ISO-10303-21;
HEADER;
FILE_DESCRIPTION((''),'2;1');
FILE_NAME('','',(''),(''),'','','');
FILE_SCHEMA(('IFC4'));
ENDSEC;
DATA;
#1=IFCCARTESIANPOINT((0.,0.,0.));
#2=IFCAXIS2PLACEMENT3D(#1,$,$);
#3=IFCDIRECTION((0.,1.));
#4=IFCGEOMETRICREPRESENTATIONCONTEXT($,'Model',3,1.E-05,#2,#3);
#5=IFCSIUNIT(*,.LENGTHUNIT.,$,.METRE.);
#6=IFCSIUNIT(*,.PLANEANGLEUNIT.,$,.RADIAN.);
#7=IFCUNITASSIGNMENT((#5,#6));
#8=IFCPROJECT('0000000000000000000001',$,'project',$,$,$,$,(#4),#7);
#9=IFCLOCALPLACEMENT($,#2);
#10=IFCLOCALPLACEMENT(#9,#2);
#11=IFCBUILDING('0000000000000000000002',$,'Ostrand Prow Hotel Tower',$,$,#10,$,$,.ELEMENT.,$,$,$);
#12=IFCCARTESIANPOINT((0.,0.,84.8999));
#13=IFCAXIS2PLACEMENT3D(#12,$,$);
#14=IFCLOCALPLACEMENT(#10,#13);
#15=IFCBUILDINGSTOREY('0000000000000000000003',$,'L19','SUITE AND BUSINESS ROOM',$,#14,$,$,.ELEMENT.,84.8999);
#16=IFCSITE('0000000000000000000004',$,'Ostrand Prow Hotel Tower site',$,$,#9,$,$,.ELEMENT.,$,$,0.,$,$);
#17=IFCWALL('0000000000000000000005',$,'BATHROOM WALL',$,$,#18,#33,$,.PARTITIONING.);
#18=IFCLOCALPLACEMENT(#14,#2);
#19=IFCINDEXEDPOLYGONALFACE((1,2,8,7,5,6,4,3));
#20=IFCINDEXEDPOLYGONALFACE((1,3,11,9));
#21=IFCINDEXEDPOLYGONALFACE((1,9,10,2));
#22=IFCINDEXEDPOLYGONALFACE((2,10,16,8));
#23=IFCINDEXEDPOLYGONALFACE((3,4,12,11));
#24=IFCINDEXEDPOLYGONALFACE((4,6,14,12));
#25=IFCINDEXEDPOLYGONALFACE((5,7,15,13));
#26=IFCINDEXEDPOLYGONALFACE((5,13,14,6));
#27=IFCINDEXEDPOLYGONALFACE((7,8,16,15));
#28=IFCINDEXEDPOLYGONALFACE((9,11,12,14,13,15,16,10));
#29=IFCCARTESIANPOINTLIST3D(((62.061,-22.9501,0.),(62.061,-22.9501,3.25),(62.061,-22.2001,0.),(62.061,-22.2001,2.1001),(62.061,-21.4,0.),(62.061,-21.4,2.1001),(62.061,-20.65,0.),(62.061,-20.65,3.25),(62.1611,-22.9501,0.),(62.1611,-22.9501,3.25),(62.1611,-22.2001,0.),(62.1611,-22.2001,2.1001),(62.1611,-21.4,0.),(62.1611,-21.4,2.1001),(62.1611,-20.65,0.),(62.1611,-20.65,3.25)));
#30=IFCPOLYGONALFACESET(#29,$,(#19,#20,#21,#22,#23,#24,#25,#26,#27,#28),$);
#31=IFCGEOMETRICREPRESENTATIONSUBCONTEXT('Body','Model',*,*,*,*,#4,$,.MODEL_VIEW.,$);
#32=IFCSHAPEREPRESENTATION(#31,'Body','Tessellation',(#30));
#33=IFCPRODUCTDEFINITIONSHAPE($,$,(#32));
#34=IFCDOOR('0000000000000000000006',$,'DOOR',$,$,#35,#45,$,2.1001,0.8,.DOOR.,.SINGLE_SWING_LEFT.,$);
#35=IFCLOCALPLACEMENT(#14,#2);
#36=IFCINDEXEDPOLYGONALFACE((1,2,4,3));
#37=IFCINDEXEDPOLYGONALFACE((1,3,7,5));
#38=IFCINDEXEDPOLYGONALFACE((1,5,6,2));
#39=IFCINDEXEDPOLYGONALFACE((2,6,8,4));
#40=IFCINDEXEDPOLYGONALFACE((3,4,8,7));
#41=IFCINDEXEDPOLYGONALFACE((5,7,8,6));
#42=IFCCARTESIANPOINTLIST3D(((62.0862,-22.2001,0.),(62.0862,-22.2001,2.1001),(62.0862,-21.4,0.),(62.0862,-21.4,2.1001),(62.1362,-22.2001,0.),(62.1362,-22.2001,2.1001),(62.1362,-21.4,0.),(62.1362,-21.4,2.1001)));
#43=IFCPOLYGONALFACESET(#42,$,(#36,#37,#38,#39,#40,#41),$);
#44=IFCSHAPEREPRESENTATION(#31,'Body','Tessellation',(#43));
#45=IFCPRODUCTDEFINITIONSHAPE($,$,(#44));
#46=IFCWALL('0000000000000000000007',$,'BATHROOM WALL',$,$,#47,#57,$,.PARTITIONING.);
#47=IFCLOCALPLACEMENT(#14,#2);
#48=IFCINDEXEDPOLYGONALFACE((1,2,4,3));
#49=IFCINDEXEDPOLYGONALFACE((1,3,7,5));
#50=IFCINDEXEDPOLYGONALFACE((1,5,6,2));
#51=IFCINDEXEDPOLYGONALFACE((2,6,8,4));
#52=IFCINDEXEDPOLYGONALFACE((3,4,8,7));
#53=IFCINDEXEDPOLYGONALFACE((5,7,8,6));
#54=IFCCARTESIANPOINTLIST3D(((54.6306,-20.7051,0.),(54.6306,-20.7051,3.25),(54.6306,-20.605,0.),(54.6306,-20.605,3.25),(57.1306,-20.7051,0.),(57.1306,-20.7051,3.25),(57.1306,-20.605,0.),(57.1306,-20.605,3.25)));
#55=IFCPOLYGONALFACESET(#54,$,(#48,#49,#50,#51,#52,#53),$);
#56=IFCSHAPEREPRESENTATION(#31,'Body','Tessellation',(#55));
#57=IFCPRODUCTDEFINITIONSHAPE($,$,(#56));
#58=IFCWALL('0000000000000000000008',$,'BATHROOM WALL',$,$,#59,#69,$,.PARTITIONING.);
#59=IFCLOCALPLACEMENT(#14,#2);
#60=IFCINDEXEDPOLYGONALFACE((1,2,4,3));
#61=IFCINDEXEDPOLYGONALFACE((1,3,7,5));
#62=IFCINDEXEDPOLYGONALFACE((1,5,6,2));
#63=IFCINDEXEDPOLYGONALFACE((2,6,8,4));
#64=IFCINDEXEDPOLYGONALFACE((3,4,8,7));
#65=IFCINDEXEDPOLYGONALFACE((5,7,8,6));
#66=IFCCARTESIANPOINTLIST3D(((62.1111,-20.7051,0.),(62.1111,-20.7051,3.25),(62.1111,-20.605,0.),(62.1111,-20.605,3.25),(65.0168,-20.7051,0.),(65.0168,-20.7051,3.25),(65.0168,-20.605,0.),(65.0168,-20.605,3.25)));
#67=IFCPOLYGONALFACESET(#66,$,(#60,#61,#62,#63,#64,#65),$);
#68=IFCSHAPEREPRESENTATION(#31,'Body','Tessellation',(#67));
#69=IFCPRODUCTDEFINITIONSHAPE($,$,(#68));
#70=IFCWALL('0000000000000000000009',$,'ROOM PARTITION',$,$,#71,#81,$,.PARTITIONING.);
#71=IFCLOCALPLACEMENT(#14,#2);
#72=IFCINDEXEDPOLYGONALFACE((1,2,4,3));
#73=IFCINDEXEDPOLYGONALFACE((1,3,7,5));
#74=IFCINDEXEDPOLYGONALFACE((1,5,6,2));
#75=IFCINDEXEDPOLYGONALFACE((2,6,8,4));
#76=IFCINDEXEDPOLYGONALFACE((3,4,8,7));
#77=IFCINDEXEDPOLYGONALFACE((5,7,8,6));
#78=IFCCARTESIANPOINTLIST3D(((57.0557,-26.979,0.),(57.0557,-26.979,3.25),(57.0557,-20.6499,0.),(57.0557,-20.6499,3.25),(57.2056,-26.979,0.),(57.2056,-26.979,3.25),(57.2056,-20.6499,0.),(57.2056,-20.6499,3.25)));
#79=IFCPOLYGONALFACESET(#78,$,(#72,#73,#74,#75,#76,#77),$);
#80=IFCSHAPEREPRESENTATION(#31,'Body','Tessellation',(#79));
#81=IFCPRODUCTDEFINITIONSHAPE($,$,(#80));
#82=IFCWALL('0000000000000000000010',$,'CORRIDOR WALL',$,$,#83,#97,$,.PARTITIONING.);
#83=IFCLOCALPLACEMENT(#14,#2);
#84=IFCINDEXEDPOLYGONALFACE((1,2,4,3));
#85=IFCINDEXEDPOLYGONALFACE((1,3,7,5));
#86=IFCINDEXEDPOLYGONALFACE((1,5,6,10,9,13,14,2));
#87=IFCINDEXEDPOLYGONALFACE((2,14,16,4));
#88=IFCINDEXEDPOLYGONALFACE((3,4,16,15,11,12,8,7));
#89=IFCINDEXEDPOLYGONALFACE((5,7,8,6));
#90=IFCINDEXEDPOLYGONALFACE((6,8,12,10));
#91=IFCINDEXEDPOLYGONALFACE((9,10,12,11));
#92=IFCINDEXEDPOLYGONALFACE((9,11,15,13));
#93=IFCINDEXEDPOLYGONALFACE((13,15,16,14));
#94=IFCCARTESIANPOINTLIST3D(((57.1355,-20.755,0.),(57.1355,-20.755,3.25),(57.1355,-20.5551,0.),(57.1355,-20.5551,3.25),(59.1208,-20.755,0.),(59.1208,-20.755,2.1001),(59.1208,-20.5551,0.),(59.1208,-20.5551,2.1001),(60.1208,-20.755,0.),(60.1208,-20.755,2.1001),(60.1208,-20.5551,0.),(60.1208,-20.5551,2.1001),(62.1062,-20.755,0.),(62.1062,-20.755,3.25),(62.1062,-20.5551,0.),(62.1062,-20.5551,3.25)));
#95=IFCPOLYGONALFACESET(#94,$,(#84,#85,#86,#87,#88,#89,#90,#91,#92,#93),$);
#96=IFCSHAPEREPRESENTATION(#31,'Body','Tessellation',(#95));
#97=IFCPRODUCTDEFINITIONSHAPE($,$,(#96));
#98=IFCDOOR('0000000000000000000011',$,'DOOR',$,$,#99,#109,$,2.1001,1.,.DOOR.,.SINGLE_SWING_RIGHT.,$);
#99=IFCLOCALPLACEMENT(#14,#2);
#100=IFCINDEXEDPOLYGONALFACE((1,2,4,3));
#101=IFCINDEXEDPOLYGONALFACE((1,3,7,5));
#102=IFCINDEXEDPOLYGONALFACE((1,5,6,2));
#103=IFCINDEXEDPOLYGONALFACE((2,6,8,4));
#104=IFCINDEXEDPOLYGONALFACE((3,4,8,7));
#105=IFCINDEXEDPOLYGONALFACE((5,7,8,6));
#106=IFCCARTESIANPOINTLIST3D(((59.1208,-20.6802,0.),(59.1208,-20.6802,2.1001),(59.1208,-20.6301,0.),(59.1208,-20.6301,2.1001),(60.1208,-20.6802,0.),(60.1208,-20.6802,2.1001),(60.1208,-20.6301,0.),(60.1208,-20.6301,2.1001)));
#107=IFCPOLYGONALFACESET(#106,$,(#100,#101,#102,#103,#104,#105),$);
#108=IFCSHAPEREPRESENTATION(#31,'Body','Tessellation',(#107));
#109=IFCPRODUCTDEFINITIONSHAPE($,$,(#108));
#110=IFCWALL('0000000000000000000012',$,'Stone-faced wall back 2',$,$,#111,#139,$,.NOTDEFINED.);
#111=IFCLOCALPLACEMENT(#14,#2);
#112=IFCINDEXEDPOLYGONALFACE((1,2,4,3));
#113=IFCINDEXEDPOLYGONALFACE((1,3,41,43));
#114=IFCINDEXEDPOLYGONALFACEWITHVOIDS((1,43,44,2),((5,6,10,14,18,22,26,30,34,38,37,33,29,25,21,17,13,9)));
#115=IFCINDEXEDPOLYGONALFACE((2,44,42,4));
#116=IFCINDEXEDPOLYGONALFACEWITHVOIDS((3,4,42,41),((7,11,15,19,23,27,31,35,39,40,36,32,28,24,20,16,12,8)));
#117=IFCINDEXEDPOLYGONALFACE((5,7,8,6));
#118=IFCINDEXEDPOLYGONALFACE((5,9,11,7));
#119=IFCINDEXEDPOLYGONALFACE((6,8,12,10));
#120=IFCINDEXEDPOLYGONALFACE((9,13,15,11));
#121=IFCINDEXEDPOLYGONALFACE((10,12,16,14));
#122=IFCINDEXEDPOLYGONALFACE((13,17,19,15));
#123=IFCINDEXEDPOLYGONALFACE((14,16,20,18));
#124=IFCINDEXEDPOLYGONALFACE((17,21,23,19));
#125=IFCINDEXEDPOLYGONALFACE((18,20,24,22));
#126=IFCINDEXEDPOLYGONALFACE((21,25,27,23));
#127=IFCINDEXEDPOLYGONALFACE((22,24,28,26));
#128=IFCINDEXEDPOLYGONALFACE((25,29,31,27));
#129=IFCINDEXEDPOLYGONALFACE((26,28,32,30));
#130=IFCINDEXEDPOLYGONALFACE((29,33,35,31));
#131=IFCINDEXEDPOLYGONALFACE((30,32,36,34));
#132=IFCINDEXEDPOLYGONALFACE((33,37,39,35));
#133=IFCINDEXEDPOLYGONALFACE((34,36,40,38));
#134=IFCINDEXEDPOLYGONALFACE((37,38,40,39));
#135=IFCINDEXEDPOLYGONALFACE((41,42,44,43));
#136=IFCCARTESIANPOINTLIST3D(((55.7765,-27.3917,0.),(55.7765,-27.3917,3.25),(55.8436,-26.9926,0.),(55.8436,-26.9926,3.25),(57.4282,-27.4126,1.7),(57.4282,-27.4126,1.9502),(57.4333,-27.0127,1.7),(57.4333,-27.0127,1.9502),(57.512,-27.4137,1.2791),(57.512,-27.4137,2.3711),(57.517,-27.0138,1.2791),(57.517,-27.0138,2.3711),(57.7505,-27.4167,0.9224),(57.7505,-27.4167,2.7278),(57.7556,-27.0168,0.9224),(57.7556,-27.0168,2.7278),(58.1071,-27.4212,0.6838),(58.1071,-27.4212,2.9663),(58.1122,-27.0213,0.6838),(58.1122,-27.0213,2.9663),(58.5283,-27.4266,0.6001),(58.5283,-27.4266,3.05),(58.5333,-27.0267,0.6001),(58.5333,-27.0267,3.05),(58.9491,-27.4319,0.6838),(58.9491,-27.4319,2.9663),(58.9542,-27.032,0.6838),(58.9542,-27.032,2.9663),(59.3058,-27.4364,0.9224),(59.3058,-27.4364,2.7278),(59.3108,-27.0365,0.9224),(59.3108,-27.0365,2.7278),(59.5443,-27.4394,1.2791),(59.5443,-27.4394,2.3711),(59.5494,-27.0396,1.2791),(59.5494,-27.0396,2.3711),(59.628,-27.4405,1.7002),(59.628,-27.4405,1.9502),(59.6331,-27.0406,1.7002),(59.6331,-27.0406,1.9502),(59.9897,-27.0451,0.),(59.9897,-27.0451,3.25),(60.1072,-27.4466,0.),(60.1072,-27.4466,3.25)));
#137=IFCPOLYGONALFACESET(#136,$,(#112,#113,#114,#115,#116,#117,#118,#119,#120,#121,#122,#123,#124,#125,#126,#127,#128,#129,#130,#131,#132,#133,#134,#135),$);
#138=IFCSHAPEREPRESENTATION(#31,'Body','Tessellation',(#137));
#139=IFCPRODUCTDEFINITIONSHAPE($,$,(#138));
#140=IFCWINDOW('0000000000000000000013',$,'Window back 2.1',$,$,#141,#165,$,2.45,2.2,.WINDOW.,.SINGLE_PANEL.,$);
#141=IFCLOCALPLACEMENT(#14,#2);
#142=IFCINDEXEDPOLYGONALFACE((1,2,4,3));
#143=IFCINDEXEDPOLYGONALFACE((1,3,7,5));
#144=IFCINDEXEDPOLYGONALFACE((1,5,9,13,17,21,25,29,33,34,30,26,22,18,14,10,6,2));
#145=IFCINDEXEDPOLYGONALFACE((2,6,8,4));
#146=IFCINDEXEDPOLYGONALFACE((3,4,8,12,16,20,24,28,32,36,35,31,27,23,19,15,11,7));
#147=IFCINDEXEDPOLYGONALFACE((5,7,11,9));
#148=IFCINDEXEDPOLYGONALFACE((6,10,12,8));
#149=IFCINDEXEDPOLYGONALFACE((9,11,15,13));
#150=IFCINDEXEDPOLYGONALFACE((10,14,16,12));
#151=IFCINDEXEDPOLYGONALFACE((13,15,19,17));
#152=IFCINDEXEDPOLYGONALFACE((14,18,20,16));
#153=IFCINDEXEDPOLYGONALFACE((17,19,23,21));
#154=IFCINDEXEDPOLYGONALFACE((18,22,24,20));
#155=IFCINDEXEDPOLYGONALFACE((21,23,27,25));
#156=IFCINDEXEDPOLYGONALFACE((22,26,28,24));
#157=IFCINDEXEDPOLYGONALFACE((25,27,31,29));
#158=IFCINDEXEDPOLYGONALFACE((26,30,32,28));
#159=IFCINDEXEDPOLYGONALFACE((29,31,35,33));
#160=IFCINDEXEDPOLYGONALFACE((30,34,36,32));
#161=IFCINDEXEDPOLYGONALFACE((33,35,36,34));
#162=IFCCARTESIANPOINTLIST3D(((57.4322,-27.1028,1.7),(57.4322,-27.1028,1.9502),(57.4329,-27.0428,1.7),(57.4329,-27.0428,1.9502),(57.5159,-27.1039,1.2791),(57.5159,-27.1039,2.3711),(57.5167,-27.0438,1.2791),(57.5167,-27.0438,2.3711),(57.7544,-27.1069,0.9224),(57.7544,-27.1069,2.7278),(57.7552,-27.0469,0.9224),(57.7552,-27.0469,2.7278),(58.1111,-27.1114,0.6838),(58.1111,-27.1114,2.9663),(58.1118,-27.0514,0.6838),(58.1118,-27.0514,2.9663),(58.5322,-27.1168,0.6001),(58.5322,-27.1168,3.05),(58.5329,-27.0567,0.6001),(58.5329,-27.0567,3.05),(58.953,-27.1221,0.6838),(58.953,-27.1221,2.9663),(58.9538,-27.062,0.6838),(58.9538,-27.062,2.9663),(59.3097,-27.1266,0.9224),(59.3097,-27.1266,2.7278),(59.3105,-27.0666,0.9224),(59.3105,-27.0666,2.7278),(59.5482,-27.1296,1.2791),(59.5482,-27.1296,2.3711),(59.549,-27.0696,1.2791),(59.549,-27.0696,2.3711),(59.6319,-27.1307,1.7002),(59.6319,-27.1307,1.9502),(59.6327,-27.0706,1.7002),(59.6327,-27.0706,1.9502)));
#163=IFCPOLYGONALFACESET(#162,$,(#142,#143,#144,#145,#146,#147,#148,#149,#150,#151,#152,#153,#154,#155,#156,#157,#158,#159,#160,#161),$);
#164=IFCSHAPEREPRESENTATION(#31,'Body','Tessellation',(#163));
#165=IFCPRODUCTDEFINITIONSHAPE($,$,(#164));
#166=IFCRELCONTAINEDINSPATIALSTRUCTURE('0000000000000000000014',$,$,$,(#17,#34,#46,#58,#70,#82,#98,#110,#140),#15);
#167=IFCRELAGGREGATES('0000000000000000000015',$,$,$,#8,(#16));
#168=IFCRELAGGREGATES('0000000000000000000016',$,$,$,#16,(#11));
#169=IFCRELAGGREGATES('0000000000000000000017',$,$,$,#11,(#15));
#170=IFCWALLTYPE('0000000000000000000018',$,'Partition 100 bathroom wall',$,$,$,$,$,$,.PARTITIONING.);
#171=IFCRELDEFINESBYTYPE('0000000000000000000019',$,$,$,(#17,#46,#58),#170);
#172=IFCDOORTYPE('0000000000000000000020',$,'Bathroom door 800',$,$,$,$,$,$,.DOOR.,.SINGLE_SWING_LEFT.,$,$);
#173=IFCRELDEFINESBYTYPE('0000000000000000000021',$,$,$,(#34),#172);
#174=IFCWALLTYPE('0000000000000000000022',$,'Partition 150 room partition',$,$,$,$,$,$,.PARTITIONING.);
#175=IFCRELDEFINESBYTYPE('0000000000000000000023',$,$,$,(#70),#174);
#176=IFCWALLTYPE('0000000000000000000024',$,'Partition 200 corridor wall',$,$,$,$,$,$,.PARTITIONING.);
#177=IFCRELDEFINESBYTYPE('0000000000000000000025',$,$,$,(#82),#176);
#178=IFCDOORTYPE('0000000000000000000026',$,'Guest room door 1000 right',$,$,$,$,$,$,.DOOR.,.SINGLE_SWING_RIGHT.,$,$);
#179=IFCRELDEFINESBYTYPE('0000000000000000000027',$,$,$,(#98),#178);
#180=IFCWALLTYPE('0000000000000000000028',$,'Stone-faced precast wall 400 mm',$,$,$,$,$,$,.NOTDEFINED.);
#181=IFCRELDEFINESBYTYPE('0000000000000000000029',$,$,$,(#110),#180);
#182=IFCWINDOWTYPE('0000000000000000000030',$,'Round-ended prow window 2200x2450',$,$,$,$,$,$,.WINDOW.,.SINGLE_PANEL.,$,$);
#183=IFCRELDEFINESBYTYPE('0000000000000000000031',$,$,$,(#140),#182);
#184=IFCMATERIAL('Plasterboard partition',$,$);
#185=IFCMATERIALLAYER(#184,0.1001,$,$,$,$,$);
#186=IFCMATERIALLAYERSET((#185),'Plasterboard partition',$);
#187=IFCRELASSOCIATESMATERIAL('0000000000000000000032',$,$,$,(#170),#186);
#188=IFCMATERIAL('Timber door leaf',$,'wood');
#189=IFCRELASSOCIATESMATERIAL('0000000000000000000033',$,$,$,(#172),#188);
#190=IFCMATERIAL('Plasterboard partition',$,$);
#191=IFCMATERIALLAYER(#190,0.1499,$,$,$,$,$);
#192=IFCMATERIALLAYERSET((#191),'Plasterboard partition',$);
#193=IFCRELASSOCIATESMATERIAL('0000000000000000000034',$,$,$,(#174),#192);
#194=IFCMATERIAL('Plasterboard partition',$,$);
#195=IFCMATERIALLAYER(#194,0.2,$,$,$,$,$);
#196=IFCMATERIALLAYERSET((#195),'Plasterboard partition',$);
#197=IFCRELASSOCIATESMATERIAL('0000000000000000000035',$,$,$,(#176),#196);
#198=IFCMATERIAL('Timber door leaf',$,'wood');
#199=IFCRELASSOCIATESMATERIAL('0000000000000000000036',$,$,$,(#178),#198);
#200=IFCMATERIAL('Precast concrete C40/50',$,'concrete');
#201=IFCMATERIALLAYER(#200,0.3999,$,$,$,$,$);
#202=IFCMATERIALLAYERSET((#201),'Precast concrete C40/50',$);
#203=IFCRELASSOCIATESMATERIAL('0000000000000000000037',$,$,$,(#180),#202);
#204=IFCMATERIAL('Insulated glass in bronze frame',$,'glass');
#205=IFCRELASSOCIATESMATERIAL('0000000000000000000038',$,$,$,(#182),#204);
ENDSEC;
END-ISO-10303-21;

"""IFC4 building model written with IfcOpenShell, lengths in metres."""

from ifc_helpers import new_model, si_unit, direction, frame, frame_2d, origin, place, context, subcontext, project, spatial, polyline, rectangle, outline, extrude, material, layer, layer_set, type_object, element, fill, save


model = new_model("IFC4")

# Units and contexts
model_context = context("Model", 3, precision=1e-05, world=origin(), true_north=direction((0.0, 1.0)))
body_context = subcontext(model_context, "Body", "Model", "MODEL_VIEW")
ifc_project = project(units=[si_unit("LENGTHUNIT", "METRE"), si_unit("PLANEANGLEUNIT", "RADIAN")], contexts=[model_context])

# Site, building, storey
site_placement = place(None, origin())
site = spatial("IfcSite", under=ifc_project, at=site_placement, Name="Ostrand Prow Hotel Tower site", CompositionType="ELEMENT", RefElevation=0.0)
building_placement = place(site_placement, origin())
building = spatial("IfcBuilding", under=site, at=building_placement, Name="Ostrand Prow Hotel Tower", CompositionType="ELEMENT")
storey_placement = place(building_placement, frame((0.0, 0.0, 84.8999)))
storey = spatial("IfcBuildingStorey", under=building, at=storey_placement, Name="L19", Description="SUITE AND BUSINESS ROOM", CompositionType="ELEMENT", Elevation=84.8999)

# Shared definitions
ifc_material_1 = material(Name="Plasterboard partition")
ifc_layer_1 = layer(ifc_material_1, 0.1001)
ifc_layer_set_1 = layer_set([ifc_layer_1], Name="Plasterboard partition")
wall_type_1 = type_object("IfcWallType", Name="Partition 100 bathroom wall", PredefinedType="PARTITIONING", material=ifc_layer_set_1)

# Shared definitions
ifc_material_2 = material(Name="Timber door leaf", Category="wood")
door_type_1 = type_object("IfcDoorType", Name="Bathroom door 800", OperationType="SINGLE_SWING_LEFT", PredefinedType="DOOR", material=ifc_material_2)

# Wall, opening, door
wall_1_placement = place(storey_placement, frame((62.1111, -22.95, 0.0), z_axis=(0.0, 0.0, 1.0), x_axis=(0.0, 1.0, 0.0)))
wall_1 = element("IfcWall", 1, at=wall_1_placement, inside=storey, type_object=wall_type_1, Name="BATHROOM WALL", PredefinedType="PARTITIONING", context=body_context, shape_type="SweptSolid", body=[
    extrude(rectangle(XDim=2.3, YDim=0.1001, at=frame_2d((1.1499, 0.0))), origin(), (0.0, 0.0, 1.0), 3.25),
])
opening_1_placement = place(wall_1_placement, frame((0.75, 0.0, 0.0)))
opening_1 = element("IfcOpeningElement", 2, at=opening_1_placement, cuts=wall_1, PredefinedType="OPENING", context=body_context, shape_type="SweptSolid", body=[
    extrude(rectangle(XDim=0.8, YDim=2.1001, at=frame_2d((0.3999, 1.05))), frame((0.0, 0.0601, 0.0), z_axis=(0.0, -1.0, 0.0), x_axis=(1.0, 0.0, 0.0)), (0.0, 0.0, 1.0), 0.1201),
])
door_1_placement = place(opening_1_placement, origin())
door_1 = element("IfcDoor", 3, at=door_1_placement, inside=storey, type_object=door_type_1, Name="DOOR", OperationType="SINGLE_SWING_LEFT", OverallHeight=2.1001, OverallWidth=0.8, PredefinedType="DOOR", context=body_context, shape_type="SweptSolid", body=[
    extrude(rectangle(XDim=0.8, YDim=2.1001, at=frame_2d((0.3999, 1.05))), frame((0.0, 0.0249, 0.0), z_axis=(0.0, -1.0, 0.0), x_axis=(1.0, 0.0, 0.0)), (0.0, 0.0, 1.0), 0.05),
])
fill(opening_1, door_1)

# Walls
wall_2_placement = place(storey_placement, frame((54.6306, -20.655, 0.0), z_axis=(0.0, 0.0, 1.0), x_axis=(1.0, 0.0, 0.0)))
element("IfcWall", 4, at=wall_2_placement, inside=storey, type_object=wall_type_1, Name="BATHROOM WALL", PredefinedType="PARTITIONING", context=body_context, shape_type="SweptSolid", body=[
    extrude(rectangle(XDim=2.5, YDim=0.1001, at=frame_2d((1.25, 0.0))), origin(), (0.0, 0.0, 1.0), 3.25),
])
wall_3_placement = place(storey_placement, frame((62.1111, -20.655, 0.0), z_axis=(0.0, 0.0, 1.0), x_axis=(1.0, 0.0, 0.0)))
element("IfcWall", 5, at=wall_3_placement, inside=storey, type_object=wall_type_1, Name="BATHROOM WALL", PredefinedType="PARTITIONING", context=body_context, shape_type="SweptSolid", body=[
    extrude(rectangle(XDim=2.9058, YDim=0.1001, at=frame_2d((1.4529, 0.0))), origin(), (0.0, 0.0, 1.0), 3.25),
])
ifc_material_3 = material(Name="Plasterboard partition")
ifc_layer_2 = layer(ifc_material_3, 0.1499)
ifc_layer_set_2 = layer_set([ifc_layer_2], Name="Plasterboard partition")
wall_type_2 = type_object("IfcWallType", Name="Partition 150 room partition", PredefinedType="PARTITIONING", material=ifc_layer_set_2)
wall_4_placement = place(storey_placement, frame((57.1306, -26.979, 0.0), z_axis=(0.0, 0.0, 1.0), x_axis=(0.0, 1.0, 0.0)))
element("IfcWall", 6, at=wall_4_placement, inside=storey, type_object=wall_type_2, Name="ROOM PARTITION", PredefinedType="PARTITIONING", context=body_context, shape_type="SweptSolid", body=[
    extrude(rectangle(XDim=6.3291, YDim=0.1499, at=frame_2d((3.1646, 0.0))), origin(), (0.0, 0.0, 1.0), 3.25),
])

# Wall, opening, door
ifc_material_4 = material(Name="Plasterboard partition")
ifc_layer_3 = layer(ifc_material_4, 0.2)
ifc_layer_set_3 = layer_set([ifc_layer_3], Name="Plasterboard partition")
wall_type_3 = type_object("IfcWallType", Name="Partition 200 corridor wall", PredefinedType="PARTITIONING", material=ifc_layer_set_3)
wall_5_placement = place(storey_placement, frame((57.1355, -20.655, 0.0), z_axis=(0.0, 0.0, 1.0), x_axis=(1.0, 0.0, 0.0)))
wall_5 = element("IfcWall", 7, at=wall_5_placement, inside=storey, type_object=wall_type_3, Name="CORRIDOR WALL", PredefinedType="PARTITIONING", context=body_context, shape_type="SweptSolid", body=[
    extrude(rectangle(XDim=4.9707, YDim=0.2, at=frame_2d((2.4854, 0.0))), origin(), (0.0, 0.0, 1.0), 3.25),
])
opening_2_placement = place(wall_5_placement, frame((1.9854, 0.0, 0.0)))
opening_2 = element("IfcOpeningElement", 8, at=opening_2_placement, cuts=wall_5, PredefinedType="OPENING", context=body_context, shape_type="SweptSolid", body=[
    extrude(rectangle(XDim=1.0, YDim=2.1001, at=frame_2d((0.5, 1.05))), frame((0.0, 0.1099, 0.0), z_axis=(0.0, -1.0, 0.0), x_axis=(1.0, 0.0, 0.0)), (0.0, 0.0, 1.0), 0.22),
])
ifc_material_5 = material(Name="Timber door leaf", Category="wood")
door_type_2 = type_object("IfcDoorType", Name="Guest room door 1000 right", OperationType="SINGLE_SWING_RIGHT", PredefinedType="DOOR", material=ifc_material_5)
door_2_placement = place(opening_2_placement, origin())
door_2 = element("IfcDoor", 9, at=door_2_placement, inside=storey, type_object=door_type_2, Name="DOOR", OperationType="SINGLE_SWING_RIGHT", OverallHeight=2.1001, OverallWidth=1.0, PredefinedType="DOOR", context=body_context, shape_type="SweptSolid", body=[
    extrude(rectangle(XDim=1.0, YDim=2.1001, at=frame_2d((0.5, 1.05))), frame((0.0, 0.0249, 0.0), z_axis=(0.0, -1.0, 0.0), x_axis=(1.0, 0.0, 0.0)), (0.0, 0.0, 1.0), 0.05),
])
fill(opening_2, door_2)

# Wall, opening, window
ifc_material_6 = material(Name="Precast concrete C40/50", Category="concrete")
ifc_layer_4 = layer(ifc_material_6, 0.3999)
ifc_layer_set_4 = layer_set([ifc_layer_4], Name="Precast concrete C40/50")
wall_type_4 = type_object("IfcWallType", Name="Stone-faced precast wall 400 mm", PredefinedType="NOTDEFINED", material=ifc_layer_set_4)
wall_6_placement = place(storey_placement, frame((55.8101, -27.1921, 0.0), z_axis=(0.0, 0.0, 1.0), x_axis=(0.99992, -0.012671, 0.0)))
wall_6 = element("IfcWall", 10, at=wall_6_placement, inside=storey, type_object=wall_type_4, Name="Stone-faced wall back 2", PredefinedType="NOTDEFINED", context=body_context, shape_type="SweptSolid", body=[
    extrude(outline(polyline([(-0.031, -0.2), (4.3, -0.2), (4.1775, 0.2), (0.031, 0.2), (-0.031, -0.2)])), origin(), (0.0, 0.0, 1.0), 3.25),
])
opening_3_placement = place(wall_6_placement, frame((1.6208, 0.0, 0.6001)))
opening_3 = element("IfcOpeningElement", 11, at=opening_3_placement, cuts=wall_6, PredefinedType="OPENING", context=body_context, shape_type="SweptSolid", body=[
    extrude(outline(polyline([(0.0, 1.3501), (0.0837, 1.771), (0.3223, 2.1277), (0.679, 2.3662), (1.1001, 2.45), (1.521, 2.3662), (1.8777, 2.1277), (2.1162, 1.771), (2.2, 1.3501), (2.2, 1.1001), (2.1162, 0.679), (1.8777, 0.3223), (1.521, 0.0837), (1.1001, 0.0), (0.679, 0.0837), (0.3223, 0.3223), (0.0837, 0.679), (0.0, 1.0999), (0.0, 1.3501)])), frame((0.0, 0.21, 0.0), z_axis=(0.0, -1.0, 0.0), x_axis=(1.0, 0.0, 0.0)), (0.0, 0.0, 1.0), 0.4199),
])
ifc_material_7 = material(Name="Insulated glass in bronze frame", Category="glass")
window_type_1 = type_object("IfcWindowType", Name="Round-ended prow window 2200x2450", PartitioningType="SINGLE_PANEL", PredefinedType="WINDOW", material=ifc_material_7)
window_1_placement = place(opening_3_placement, origin())
window_1 = element("IfcWindow", 12, at=window_1_placement, inside=storey, type_object=window_type_1, Name="Window back 2.1", OverallHeight=2.45, OverallWidth=2.2, PartitioningType="SINGLE_PANEL", PredefinedType="WINDOW", context=body_context, shape_type="SweptSolid", body=[
    extrude(outline(polyline([(0.0, 1.3501), (0.0837, 1.771), (0.3223, 2.1277), (0.679, 2.3662), (1.1001, 2.45), (1.521, 2.3662), (1.8777, 2.1277), (2.1162, 1.771), (2.2, 1.3501), (2.2, 1.1001), (2.1162, 0.679), (1.8777, 0.3223), (1.521, 0.0837), (1.1001, 0.0), (0.679, 0.0837), (0.3223, 0.3223), (0.0837, 0.679), (0.0, 1.0999), (0.0, 1.3501)])), frame((0.0, 0.1699, 0.0), z_axis=(0.0, -1.0, 0.0), x_axis=(1.0, 0.0, 0.0)), (0.0, 0.0, 1.0), 0.0601),
])
fill(opening_3, window_1)

save(model, "model.ifc")
